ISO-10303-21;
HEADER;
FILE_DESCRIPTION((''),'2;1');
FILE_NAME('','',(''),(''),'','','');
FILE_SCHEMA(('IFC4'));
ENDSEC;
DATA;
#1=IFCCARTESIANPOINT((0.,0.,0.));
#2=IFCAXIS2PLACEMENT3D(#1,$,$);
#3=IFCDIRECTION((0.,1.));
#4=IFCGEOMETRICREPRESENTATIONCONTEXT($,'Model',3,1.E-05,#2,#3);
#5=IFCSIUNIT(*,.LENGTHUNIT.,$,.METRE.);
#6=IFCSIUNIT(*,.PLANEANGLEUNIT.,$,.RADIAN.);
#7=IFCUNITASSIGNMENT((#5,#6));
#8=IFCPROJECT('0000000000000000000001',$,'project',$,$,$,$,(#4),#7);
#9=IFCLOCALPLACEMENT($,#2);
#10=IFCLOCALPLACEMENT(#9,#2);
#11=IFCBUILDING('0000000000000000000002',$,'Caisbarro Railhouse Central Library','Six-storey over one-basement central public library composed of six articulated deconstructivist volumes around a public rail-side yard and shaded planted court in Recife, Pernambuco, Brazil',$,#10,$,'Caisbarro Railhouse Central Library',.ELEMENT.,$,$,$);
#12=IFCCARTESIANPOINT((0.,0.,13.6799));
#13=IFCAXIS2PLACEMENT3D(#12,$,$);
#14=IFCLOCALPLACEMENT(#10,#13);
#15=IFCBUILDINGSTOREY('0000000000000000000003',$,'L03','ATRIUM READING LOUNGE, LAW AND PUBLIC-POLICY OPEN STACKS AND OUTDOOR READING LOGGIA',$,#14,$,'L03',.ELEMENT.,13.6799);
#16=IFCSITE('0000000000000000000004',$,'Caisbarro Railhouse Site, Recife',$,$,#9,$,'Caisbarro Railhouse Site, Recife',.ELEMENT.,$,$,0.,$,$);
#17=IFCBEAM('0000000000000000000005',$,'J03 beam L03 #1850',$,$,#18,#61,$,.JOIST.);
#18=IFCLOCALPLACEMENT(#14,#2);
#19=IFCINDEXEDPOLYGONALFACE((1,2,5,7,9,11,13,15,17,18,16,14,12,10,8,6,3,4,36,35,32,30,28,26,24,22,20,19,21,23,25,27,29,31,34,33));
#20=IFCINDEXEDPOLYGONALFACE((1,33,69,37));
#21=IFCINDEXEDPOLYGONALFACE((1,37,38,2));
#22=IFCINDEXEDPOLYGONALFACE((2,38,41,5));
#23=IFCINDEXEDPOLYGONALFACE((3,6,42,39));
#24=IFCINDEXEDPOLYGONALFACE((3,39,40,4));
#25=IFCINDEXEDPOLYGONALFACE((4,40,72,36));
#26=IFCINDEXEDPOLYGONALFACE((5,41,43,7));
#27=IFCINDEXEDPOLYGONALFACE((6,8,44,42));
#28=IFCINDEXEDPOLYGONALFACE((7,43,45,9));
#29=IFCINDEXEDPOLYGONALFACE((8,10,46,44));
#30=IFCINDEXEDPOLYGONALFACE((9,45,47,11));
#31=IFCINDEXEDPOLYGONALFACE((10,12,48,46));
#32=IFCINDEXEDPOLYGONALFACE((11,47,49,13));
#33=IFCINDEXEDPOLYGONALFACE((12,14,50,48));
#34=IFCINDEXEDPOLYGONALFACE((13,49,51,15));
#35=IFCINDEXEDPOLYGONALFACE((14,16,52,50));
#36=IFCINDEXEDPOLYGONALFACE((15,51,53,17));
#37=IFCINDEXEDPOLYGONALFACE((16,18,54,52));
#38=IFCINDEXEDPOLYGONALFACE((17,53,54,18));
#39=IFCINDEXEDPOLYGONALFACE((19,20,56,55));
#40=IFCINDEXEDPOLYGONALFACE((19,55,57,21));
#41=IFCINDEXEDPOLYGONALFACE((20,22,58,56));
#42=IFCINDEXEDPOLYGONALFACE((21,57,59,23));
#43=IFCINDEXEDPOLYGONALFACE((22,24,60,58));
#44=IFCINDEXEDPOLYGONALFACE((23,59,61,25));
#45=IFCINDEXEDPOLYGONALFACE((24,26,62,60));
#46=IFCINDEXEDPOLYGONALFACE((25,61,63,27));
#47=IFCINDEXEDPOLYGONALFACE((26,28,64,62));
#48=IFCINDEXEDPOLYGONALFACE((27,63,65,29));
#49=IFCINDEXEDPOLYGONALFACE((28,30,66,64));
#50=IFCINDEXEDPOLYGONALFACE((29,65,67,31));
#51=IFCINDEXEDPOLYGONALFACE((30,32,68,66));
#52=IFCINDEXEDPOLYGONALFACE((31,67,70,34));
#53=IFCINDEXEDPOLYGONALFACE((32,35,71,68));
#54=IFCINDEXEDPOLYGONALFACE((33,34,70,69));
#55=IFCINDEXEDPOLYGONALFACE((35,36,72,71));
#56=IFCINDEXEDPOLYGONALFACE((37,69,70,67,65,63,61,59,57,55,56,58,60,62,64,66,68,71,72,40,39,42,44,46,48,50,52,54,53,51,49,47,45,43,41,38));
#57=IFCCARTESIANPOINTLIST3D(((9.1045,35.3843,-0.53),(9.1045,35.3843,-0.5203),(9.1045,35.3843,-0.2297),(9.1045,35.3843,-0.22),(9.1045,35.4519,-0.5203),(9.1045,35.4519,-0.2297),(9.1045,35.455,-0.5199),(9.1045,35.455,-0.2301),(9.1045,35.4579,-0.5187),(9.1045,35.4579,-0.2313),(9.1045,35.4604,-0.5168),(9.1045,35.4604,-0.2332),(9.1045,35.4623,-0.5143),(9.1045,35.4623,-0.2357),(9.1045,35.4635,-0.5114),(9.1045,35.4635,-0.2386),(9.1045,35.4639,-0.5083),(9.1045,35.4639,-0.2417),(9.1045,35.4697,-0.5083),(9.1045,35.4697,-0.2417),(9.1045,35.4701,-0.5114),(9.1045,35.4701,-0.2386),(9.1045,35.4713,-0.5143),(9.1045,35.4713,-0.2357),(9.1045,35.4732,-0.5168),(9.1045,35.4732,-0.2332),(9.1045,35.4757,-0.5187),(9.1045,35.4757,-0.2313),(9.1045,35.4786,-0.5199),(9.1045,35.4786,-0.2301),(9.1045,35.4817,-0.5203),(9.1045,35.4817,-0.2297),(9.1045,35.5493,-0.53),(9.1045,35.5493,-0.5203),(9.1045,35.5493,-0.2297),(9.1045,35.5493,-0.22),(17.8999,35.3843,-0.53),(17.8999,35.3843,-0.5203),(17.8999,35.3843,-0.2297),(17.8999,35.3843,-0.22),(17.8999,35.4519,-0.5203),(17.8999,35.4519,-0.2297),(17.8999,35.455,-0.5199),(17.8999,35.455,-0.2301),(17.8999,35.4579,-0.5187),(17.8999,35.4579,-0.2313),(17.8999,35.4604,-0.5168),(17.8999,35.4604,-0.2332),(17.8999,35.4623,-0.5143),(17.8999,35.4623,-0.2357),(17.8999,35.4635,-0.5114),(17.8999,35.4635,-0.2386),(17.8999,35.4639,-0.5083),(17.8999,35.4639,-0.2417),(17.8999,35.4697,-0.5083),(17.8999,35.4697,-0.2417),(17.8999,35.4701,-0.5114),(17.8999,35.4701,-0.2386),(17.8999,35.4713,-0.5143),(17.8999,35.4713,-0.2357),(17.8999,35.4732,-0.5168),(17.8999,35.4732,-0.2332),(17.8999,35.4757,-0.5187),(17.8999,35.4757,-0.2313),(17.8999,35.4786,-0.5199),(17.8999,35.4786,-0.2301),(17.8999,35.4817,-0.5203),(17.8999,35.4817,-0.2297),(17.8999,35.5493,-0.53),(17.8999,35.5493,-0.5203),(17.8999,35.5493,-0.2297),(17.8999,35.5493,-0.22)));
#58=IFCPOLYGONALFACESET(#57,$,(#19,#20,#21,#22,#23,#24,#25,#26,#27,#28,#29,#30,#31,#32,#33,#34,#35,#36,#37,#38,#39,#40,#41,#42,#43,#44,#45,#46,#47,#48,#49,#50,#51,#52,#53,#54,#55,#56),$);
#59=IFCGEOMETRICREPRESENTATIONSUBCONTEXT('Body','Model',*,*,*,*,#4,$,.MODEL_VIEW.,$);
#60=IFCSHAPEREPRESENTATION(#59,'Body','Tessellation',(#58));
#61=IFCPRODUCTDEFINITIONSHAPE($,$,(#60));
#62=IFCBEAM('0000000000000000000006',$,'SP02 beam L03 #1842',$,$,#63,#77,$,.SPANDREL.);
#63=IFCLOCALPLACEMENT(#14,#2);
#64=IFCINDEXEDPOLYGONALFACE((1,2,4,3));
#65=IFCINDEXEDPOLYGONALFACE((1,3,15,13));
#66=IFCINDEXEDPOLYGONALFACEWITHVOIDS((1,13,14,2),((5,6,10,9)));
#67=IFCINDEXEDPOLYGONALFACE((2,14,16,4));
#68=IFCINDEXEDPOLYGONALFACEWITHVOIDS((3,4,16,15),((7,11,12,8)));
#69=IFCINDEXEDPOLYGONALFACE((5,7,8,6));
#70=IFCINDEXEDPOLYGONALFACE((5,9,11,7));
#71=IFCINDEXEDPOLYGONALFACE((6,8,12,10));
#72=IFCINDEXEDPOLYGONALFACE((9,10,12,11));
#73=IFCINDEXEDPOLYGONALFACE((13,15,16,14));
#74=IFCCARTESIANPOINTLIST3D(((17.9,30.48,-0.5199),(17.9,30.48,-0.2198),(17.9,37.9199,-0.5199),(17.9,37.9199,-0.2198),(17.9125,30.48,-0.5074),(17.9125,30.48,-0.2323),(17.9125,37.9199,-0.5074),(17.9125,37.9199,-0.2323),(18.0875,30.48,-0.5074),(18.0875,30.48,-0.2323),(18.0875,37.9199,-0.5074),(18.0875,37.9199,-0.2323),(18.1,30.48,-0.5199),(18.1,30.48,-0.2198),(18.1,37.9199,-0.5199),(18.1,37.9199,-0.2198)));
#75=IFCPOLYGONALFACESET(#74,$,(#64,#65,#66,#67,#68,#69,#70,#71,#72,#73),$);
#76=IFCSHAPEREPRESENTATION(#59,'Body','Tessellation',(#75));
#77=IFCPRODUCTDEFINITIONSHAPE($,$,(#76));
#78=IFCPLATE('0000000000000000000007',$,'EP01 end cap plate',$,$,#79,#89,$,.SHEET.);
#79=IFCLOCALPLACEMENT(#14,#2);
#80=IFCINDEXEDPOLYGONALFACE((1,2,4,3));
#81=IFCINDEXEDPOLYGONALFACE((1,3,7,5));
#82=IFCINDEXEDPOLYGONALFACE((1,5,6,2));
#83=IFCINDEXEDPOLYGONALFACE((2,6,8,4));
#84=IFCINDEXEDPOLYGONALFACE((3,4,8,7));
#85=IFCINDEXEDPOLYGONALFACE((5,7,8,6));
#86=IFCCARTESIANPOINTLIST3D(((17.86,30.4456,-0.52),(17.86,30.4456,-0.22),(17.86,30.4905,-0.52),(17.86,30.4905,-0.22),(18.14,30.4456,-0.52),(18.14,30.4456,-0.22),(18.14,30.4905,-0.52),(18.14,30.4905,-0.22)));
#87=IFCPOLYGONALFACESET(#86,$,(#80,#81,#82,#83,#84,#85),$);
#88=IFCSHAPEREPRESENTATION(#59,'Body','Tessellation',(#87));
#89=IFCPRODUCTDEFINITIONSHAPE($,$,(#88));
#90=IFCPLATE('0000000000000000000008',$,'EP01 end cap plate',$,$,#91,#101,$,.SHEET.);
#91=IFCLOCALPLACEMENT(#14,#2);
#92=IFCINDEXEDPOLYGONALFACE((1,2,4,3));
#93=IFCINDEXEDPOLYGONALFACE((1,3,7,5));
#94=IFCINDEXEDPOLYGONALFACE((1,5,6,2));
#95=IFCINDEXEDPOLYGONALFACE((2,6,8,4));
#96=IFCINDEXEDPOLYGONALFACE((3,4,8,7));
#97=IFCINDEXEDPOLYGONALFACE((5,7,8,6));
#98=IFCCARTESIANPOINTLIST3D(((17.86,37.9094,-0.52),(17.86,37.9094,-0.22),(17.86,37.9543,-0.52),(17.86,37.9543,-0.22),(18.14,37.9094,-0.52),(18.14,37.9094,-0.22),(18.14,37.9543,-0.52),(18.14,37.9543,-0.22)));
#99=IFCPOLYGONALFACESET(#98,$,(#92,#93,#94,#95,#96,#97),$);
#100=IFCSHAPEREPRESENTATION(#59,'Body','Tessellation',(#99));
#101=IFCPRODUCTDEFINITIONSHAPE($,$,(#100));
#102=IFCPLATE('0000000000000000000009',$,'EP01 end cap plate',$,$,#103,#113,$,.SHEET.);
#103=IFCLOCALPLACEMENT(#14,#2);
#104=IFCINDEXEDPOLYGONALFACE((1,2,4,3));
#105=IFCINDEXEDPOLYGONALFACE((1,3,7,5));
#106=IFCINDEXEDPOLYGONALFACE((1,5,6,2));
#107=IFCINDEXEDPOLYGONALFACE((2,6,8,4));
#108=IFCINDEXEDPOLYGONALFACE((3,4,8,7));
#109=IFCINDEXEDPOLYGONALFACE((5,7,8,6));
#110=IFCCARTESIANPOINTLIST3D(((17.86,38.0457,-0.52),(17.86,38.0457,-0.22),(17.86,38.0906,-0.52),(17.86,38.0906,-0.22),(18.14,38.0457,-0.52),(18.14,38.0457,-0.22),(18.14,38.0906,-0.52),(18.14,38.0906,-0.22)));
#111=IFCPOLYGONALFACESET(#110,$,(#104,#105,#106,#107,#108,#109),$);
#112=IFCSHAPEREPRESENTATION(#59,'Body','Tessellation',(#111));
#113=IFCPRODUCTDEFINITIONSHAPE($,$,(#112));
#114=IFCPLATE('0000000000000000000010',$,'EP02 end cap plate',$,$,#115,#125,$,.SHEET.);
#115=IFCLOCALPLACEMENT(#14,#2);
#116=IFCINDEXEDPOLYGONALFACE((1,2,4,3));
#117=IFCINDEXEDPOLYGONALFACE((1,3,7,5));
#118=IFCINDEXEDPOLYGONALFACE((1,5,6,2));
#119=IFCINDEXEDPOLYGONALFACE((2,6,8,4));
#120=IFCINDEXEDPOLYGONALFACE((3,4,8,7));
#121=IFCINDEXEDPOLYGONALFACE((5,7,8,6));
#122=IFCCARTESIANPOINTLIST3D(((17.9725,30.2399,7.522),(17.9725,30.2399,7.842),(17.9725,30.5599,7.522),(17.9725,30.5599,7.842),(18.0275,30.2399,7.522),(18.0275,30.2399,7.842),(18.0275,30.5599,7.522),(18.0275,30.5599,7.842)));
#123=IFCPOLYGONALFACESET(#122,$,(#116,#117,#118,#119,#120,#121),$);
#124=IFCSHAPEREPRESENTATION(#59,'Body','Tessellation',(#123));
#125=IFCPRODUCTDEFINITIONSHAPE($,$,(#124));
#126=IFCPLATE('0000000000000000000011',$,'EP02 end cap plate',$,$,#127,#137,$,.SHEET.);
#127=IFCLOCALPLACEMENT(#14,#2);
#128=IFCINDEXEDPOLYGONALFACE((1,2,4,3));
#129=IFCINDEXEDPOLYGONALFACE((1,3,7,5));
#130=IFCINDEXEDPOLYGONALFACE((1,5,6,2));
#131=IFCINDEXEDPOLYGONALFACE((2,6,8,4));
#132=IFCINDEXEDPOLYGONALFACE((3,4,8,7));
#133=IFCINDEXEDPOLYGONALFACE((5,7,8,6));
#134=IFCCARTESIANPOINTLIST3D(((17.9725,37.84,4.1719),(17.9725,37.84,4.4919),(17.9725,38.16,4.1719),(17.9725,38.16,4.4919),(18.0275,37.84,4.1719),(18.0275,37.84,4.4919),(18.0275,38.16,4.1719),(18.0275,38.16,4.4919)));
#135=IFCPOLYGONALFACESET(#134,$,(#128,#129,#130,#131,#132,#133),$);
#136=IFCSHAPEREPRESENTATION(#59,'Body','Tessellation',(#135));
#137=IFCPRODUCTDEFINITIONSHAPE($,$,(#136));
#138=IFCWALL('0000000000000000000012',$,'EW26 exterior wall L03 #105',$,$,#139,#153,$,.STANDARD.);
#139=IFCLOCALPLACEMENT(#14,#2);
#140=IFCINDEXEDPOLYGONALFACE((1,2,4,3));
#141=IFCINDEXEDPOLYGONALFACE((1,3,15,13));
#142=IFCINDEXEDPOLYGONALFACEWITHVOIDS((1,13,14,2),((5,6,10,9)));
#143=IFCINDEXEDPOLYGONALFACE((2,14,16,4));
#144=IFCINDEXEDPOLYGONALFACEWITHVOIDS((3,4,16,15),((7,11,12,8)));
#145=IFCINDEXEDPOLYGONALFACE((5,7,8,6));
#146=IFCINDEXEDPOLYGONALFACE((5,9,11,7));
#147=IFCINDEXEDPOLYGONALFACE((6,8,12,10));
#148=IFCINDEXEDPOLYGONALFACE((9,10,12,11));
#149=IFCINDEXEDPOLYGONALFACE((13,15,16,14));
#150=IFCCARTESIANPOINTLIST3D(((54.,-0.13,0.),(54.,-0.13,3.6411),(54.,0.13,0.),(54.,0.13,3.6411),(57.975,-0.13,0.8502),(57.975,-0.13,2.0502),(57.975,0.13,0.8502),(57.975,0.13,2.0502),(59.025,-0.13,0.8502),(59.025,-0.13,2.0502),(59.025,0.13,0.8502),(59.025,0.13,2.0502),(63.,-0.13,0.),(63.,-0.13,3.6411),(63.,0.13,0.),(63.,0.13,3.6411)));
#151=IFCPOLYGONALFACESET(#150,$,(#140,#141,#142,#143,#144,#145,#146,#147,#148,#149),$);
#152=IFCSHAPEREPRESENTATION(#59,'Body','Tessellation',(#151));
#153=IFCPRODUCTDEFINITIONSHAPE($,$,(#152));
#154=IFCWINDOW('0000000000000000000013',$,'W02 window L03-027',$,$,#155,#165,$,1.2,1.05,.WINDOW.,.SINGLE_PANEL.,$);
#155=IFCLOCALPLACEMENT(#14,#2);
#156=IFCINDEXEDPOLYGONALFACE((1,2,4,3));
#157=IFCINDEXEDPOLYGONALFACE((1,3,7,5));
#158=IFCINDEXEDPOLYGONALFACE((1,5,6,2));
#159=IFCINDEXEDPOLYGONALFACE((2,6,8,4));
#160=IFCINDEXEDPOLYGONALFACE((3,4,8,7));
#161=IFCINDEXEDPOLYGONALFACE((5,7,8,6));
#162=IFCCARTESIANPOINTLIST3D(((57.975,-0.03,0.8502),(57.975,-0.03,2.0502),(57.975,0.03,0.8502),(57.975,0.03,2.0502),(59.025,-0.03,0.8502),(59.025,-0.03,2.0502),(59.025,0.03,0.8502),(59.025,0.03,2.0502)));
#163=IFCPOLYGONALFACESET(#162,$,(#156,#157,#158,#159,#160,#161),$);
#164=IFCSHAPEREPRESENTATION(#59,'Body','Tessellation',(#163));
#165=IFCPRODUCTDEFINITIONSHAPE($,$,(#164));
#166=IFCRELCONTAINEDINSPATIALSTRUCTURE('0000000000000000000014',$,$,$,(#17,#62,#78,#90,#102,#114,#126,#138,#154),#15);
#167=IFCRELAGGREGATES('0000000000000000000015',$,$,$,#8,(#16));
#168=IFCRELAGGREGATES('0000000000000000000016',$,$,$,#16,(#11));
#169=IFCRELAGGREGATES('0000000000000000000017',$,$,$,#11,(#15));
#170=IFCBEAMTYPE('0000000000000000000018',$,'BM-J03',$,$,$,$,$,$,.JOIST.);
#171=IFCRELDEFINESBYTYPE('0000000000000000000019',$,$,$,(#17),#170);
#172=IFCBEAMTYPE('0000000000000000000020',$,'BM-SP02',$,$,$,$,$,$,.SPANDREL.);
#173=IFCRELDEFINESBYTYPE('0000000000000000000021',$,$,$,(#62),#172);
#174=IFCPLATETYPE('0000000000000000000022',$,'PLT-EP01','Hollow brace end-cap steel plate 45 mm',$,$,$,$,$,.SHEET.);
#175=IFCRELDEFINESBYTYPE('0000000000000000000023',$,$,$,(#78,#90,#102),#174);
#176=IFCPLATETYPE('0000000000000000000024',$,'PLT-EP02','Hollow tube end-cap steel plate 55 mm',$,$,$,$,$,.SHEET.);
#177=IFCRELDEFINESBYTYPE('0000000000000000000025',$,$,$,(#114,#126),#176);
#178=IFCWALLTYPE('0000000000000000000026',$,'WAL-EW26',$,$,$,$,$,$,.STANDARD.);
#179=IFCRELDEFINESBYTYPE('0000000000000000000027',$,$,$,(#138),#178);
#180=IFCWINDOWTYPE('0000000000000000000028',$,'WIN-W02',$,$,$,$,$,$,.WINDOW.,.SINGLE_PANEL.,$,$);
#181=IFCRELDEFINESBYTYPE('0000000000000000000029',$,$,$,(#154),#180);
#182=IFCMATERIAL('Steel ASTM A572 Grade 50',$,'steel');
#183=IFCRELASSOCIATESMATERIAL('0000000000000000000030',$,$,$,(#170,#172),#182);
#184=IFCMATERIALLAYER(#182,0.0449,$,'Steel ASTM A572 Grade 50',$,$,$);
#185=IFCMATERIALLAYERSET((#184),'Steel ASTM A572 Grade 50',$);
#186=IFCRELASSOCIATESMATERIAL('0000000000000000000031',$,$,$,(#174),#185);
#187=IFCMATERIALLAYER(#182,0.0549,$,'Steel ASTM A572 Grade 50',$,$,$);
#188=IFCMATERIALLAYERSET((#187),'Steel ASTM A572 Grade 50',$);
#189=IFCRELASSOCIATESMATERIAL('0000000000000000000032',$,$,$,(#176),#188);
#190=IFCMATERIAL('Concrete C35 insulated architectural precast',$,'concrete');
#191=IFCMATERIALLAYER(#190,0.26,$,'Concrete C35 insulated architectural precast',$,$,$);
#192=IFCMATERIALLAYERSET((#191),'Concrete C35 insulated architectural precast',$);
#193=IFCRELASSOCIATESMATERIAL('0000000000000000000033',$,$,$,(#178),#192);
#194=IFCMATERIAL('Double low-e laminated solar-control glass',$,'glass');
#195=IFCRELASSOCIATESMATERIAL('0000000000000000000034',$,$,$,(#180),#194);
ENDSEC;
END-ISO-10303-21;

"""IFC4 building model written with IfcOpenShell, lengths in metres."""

from ifc_helpers import new_model, si_unit, direction, frame, frame_2d, origin, origin_2d, place, context, subcontext, project, spatial, rectangle, hollow_rectangle, i_section, extrude, material, layer, layer_set, material_profile, profile_set, type_object, element, fill, save


model = new_model("IFC4")

# Units and contexts
model_context = context("Model", 3, precision=1e-05, world=origin(), true_north=direction((0.0, 1.0)))
body_context = subcontext(model_context, "Body", "Model", "MODEL_VIEW")
ifc_project = project(units=[si_unit("LENGTHUNIT", "METRE"), si_unit("PLANEANGLEUNIT", "RADIAN")], contexts=[model_context])

# Site, building, storey
site_placement = place(None, origin())
site = spatial("IfcSite", under=ifc_project, at=site_placement, Name="Caisbarro Railhouse Site, Recife", LongName="Caisbarro Railhouse Site, Recife", CompositionType="ELEMENT", RefElevation=0.0)
building_placement = place(site_placement, origin())
building = spatial("IfcBuilding", under=site, at=building_placement, Name="Caisbarro Railhouse Central Library", Description="Six-storey over one-basement central public library composed of six articulated deconstructivist volumes around a public rail-side yard and shaded planted court in Recife, Pernambuco, Brazil", LongName="Caisbarro Railhouse Central Library", CompositionType="ELEMENT")
storey_placement = place(building_placement, frame((0.0, 0.0, 13.6799)))
storey = spatial("IfcBuildingStorey", under=building, at=storey_placement, Name="L03", Description="ATRIUM READING LOUNGE, LAW AND PUBLIC-POLICY OPEN STACKS AND OUTDOOR READING LOGGIA", LongName="L03", CompositionType="ELEMENT", Elevation=13.6799)

# Shared definitions
ifc_material_1 = material(Name="Steel ASTM A572 Grade 50", Category="steel")

# Beams
ifc_material_profile_1 = material_profile(ifc_material_1, i_section(OverallWidth=0.165, OverallDepth=0.3101, WebThickness=0.0059, FlangeThickness=0.0098, FilletRadius=0.012, at=origin_2d()), Name="W310X38.7")
ifc_profile_set_1 = profile_set([ifc_material_profile_1], Name="Steel ASTM A572 Grade 50")
beam_type_1 = type_object("IfcBeamType", Name="BM-J03", PredefinedType="JOIST", material=ifc_profile_set_1)
for number, where, z_axis, x_axis, name in (
    (1, (9.1045, 35.4668, -0.375), (1.0, 0.0, 0.0), (0.0, 1.0, 0.0), "J03 beam L03 #1850"),
):
    element("IfcBeam", number, at=place(storey_placement, frame(where, z_axis=z_axis, x_axis=x_axis)), inside=storey, type_object=beam_type_1, Name=name, PredefinedType="JOIST", context=body_context, shape_type="SweptSolid", body=[
        extrude(i_section(OverallWidth=0.165, OverallDepth=0.3101, WebThickness=0.0059, FlangeThickness=0.0098, FilletRadius=0.012, at=origin_2d()), origin(), (0.0, 0.0, 1.0), 8.7954),
    ])
ifc_material_profile_2 = material_profile(ifc_material_1, hollow_rectangle(XDim=0.2, YDim=0.3, WallThickness=0.0125, at=origin_2d()), Name="HSS300X200X12.5")
ifc_profile_set_2 = profile_set([ifc_material_profile_2], Name="Steel ASTM A572 Grade 50")
beam_type_2 = type_object("IfcBeamType", Name="BM-SP02", PredefinedType="SPANDREL", material=ifc_profile_set_2)
beam_1_placement = place(storey_placement, frame((18.0, 30.48, -0.3699), z_axis=(0.0, 1.0, 0.0), x_axis=(-1.0, 0.0, 0.0)))
element("IfcBeam", 2, at=beam_1_placement, inside=storey, type_object=beam_type_2, Name="SP02 beam L03 #1842", PredefinedType="SPANDREL", context=body_context, shape_type="SweptSolid", body=[
    extrude(hollow_rectangle(XDim=0.2, YDim=0.3, WallThickness=0.0125, at=origin_2d()), origin(), (0.0, 0.0, 1.0), 7.4399),
])

# Plates
ifc_layer_1 = layer(ifc_material_1, 0.0449, Name="Steel ASTM A572 Grade 50")
ifc_layer_set_1 = layer_set([ifc_layer_1], Name="Steel ASTM A572 Grade 50")
plate_type_1 = type_object("IfcPlateType", Name="PLT-EP01", Description="Hollow brace end-cap steel plate 45 mm", PredefinedType="SHEET", material=ifc_layer_set_1)
for number, where, z_axis, x_axis, name in (
    (3, (18.0, 30.468, -0.52), (0.0, 0.0, 1.0), (0.0, 1.0, 0.0), "EP01 end cap plate"),
    (4, (18.0, 37.9319, -0.52), (0.0, 0.0, 1.0), (0.0, 1.0, 0.0), "EP01 end cap plate"),
    (5, (18.0, 38.0681, -0.52), (0.0, 0.0, 1.0), (0.0, 1.0, 0.0), "EP01 end cap plate"),
):
    element("IfcPlate", number, at=place(storey_placement, frame(where, z_axis=z_axis, x_axis=x_axis)), inside=storey, type_object=plate_type_1, Name=name, PredefinedType="SHEET", context=body_context, shape_type="SweptSolid", body=[
        extrude(rectangle(XDim=0.0449, YDim=0.28, at=origin_2d()), origin(), (0.0, 0.0, 1.0), 0.3),
    ])
ifc_layer_2 = layer(ifc_material_1, 0.0549, Name="Steel ASTM A572 Grade 50")
ifc_layer_set_2 = layer_set([ifc_layer_2], Name="Steel ASTM A572 Grade 50")
plate_type_2 = type_object("IfcPlateType", Name="PLT-EP02", Description="Hollow tube end-cap steel plate 55 mm", PredefinedType="SHEET", material=ifc_layer_set_2)
for number, where, z_axis, x_axis, name in (
    (6, (18.0, 30.3999, 7.522), (0.0, 0.0, 1.0), (1.0, 0.0, 0.0), "EP02 end cap plate"),
    (7, (18.0, 38.0, 4.1719), (0.0, 0.0, 1.0), (1.0, 0.0, 0.0), "EP02 end cap plate"),
):
    element("IfcPlate", number, at=place(storey_placement, frame(where, z_axis=z_axis, x_axis=x_axis)), inside=storey, type_object=plate_type_2, Name=name, PredefinedType="SHEET", context=body_context, shape_type="SweptSolid", body=[
        extrude(rectangle(XDim=0.0549, YDim=0.3201, at=origin_2d()), origin(), (0.0, 0.0, 1.0), 0.3201),
    ])

# Wall, opening, window
ifc_material_2 = material(Name="Concrete C35 insulated architectural precast", Category="concrete")
ifc_layer_3 = layer(ifc_material_2, 0.26, Name="Concrete C35 insulated architectural precast")
ifc_layer_set_3 = layer_set([ifc_layer_3], Name="Concrete C35 insulated architectural precast")
wall_type_1 = type_object("IfcWallType", Name="WAL-EW26", PredefinedType="STANDARD", material=ifc_layer_set_3)
wall_1_placement = place(storey_placement, frame((54.0, 0.0, 0.0), z_axis=(0.0, 0.0, 1.0), x_axis=(1.0, 0.0, 0.0)))
wall_1 = element("IfcWall", 8, at=wall_1_placement, inside=storey, type_object=wall_type_1, Name="EW26 exterior wall L03 #105", PredefinedType="STANDARD", context=body_context, shape_type="SweptSolid", body=[
    extrude(rectangle(XDim=9.0, YDim=0.26, at=frame_2d((4.5, 0.0))), origin(), (0.0, 0.0, 1.0), 3.6411),
])
opening_1_placement = place(wall_1_placement, frame((3.9751, 0.0, 0.8501)))
opening_1 = element("IfcOpeningElement", 9, at=opening_1_placement, cuts=wall_1, PredefinedType="OPENING", context=body_context, shape_type="SweptSolid", body=[
    extrude(rectangle(XDim=1.05, YDim=1.2, at=frame_2d((0.5249, 0.6001))), frame((0.0, 0.1401, 0.0), z_axis=(0.0, -1.0, 0.0), x_axis=(1.0, 0.0, 0.0)), (0.0, 0.0, 1.0), 0.28),
])
ifc_material_3 = material(Name="Double low-e laminated solar-control glass", Category="glass")
window_type_1 = type_object("IfcWindowType", Name="WIN-W02", PartitioningType="SINGLE_PANEL", PredefinedType="WINDOW", material=ifc_material_3)
window_1_placement = place(opening_1_placement, origin())
window_1 = element("IfcWindow", 10, at=window_1_placement, inside=storey, type_object=window_type_1, Name="W02 window L03-027", OverallHeight=1.2, OverallWidth=1.05, PartitioningType="SINGLE_PANEL", PredefinedType="WINDOW", context=body_context, shape_type="SweptSolid", body=[
    extrude(rectangle(XDim=1.05, YDim=1.2, at=frame_2d((0.5249, 0.6001))), frame((0.0, 0.03, 0.0), z_axis=(0.0, -1.0, 0.0), x_axis=(1.0, 0.0, 0.0)), (0.0, 0.0, 1.0), 0.0601),
])
fill(opening_1, window_1)

save(model, "model.ifc")
